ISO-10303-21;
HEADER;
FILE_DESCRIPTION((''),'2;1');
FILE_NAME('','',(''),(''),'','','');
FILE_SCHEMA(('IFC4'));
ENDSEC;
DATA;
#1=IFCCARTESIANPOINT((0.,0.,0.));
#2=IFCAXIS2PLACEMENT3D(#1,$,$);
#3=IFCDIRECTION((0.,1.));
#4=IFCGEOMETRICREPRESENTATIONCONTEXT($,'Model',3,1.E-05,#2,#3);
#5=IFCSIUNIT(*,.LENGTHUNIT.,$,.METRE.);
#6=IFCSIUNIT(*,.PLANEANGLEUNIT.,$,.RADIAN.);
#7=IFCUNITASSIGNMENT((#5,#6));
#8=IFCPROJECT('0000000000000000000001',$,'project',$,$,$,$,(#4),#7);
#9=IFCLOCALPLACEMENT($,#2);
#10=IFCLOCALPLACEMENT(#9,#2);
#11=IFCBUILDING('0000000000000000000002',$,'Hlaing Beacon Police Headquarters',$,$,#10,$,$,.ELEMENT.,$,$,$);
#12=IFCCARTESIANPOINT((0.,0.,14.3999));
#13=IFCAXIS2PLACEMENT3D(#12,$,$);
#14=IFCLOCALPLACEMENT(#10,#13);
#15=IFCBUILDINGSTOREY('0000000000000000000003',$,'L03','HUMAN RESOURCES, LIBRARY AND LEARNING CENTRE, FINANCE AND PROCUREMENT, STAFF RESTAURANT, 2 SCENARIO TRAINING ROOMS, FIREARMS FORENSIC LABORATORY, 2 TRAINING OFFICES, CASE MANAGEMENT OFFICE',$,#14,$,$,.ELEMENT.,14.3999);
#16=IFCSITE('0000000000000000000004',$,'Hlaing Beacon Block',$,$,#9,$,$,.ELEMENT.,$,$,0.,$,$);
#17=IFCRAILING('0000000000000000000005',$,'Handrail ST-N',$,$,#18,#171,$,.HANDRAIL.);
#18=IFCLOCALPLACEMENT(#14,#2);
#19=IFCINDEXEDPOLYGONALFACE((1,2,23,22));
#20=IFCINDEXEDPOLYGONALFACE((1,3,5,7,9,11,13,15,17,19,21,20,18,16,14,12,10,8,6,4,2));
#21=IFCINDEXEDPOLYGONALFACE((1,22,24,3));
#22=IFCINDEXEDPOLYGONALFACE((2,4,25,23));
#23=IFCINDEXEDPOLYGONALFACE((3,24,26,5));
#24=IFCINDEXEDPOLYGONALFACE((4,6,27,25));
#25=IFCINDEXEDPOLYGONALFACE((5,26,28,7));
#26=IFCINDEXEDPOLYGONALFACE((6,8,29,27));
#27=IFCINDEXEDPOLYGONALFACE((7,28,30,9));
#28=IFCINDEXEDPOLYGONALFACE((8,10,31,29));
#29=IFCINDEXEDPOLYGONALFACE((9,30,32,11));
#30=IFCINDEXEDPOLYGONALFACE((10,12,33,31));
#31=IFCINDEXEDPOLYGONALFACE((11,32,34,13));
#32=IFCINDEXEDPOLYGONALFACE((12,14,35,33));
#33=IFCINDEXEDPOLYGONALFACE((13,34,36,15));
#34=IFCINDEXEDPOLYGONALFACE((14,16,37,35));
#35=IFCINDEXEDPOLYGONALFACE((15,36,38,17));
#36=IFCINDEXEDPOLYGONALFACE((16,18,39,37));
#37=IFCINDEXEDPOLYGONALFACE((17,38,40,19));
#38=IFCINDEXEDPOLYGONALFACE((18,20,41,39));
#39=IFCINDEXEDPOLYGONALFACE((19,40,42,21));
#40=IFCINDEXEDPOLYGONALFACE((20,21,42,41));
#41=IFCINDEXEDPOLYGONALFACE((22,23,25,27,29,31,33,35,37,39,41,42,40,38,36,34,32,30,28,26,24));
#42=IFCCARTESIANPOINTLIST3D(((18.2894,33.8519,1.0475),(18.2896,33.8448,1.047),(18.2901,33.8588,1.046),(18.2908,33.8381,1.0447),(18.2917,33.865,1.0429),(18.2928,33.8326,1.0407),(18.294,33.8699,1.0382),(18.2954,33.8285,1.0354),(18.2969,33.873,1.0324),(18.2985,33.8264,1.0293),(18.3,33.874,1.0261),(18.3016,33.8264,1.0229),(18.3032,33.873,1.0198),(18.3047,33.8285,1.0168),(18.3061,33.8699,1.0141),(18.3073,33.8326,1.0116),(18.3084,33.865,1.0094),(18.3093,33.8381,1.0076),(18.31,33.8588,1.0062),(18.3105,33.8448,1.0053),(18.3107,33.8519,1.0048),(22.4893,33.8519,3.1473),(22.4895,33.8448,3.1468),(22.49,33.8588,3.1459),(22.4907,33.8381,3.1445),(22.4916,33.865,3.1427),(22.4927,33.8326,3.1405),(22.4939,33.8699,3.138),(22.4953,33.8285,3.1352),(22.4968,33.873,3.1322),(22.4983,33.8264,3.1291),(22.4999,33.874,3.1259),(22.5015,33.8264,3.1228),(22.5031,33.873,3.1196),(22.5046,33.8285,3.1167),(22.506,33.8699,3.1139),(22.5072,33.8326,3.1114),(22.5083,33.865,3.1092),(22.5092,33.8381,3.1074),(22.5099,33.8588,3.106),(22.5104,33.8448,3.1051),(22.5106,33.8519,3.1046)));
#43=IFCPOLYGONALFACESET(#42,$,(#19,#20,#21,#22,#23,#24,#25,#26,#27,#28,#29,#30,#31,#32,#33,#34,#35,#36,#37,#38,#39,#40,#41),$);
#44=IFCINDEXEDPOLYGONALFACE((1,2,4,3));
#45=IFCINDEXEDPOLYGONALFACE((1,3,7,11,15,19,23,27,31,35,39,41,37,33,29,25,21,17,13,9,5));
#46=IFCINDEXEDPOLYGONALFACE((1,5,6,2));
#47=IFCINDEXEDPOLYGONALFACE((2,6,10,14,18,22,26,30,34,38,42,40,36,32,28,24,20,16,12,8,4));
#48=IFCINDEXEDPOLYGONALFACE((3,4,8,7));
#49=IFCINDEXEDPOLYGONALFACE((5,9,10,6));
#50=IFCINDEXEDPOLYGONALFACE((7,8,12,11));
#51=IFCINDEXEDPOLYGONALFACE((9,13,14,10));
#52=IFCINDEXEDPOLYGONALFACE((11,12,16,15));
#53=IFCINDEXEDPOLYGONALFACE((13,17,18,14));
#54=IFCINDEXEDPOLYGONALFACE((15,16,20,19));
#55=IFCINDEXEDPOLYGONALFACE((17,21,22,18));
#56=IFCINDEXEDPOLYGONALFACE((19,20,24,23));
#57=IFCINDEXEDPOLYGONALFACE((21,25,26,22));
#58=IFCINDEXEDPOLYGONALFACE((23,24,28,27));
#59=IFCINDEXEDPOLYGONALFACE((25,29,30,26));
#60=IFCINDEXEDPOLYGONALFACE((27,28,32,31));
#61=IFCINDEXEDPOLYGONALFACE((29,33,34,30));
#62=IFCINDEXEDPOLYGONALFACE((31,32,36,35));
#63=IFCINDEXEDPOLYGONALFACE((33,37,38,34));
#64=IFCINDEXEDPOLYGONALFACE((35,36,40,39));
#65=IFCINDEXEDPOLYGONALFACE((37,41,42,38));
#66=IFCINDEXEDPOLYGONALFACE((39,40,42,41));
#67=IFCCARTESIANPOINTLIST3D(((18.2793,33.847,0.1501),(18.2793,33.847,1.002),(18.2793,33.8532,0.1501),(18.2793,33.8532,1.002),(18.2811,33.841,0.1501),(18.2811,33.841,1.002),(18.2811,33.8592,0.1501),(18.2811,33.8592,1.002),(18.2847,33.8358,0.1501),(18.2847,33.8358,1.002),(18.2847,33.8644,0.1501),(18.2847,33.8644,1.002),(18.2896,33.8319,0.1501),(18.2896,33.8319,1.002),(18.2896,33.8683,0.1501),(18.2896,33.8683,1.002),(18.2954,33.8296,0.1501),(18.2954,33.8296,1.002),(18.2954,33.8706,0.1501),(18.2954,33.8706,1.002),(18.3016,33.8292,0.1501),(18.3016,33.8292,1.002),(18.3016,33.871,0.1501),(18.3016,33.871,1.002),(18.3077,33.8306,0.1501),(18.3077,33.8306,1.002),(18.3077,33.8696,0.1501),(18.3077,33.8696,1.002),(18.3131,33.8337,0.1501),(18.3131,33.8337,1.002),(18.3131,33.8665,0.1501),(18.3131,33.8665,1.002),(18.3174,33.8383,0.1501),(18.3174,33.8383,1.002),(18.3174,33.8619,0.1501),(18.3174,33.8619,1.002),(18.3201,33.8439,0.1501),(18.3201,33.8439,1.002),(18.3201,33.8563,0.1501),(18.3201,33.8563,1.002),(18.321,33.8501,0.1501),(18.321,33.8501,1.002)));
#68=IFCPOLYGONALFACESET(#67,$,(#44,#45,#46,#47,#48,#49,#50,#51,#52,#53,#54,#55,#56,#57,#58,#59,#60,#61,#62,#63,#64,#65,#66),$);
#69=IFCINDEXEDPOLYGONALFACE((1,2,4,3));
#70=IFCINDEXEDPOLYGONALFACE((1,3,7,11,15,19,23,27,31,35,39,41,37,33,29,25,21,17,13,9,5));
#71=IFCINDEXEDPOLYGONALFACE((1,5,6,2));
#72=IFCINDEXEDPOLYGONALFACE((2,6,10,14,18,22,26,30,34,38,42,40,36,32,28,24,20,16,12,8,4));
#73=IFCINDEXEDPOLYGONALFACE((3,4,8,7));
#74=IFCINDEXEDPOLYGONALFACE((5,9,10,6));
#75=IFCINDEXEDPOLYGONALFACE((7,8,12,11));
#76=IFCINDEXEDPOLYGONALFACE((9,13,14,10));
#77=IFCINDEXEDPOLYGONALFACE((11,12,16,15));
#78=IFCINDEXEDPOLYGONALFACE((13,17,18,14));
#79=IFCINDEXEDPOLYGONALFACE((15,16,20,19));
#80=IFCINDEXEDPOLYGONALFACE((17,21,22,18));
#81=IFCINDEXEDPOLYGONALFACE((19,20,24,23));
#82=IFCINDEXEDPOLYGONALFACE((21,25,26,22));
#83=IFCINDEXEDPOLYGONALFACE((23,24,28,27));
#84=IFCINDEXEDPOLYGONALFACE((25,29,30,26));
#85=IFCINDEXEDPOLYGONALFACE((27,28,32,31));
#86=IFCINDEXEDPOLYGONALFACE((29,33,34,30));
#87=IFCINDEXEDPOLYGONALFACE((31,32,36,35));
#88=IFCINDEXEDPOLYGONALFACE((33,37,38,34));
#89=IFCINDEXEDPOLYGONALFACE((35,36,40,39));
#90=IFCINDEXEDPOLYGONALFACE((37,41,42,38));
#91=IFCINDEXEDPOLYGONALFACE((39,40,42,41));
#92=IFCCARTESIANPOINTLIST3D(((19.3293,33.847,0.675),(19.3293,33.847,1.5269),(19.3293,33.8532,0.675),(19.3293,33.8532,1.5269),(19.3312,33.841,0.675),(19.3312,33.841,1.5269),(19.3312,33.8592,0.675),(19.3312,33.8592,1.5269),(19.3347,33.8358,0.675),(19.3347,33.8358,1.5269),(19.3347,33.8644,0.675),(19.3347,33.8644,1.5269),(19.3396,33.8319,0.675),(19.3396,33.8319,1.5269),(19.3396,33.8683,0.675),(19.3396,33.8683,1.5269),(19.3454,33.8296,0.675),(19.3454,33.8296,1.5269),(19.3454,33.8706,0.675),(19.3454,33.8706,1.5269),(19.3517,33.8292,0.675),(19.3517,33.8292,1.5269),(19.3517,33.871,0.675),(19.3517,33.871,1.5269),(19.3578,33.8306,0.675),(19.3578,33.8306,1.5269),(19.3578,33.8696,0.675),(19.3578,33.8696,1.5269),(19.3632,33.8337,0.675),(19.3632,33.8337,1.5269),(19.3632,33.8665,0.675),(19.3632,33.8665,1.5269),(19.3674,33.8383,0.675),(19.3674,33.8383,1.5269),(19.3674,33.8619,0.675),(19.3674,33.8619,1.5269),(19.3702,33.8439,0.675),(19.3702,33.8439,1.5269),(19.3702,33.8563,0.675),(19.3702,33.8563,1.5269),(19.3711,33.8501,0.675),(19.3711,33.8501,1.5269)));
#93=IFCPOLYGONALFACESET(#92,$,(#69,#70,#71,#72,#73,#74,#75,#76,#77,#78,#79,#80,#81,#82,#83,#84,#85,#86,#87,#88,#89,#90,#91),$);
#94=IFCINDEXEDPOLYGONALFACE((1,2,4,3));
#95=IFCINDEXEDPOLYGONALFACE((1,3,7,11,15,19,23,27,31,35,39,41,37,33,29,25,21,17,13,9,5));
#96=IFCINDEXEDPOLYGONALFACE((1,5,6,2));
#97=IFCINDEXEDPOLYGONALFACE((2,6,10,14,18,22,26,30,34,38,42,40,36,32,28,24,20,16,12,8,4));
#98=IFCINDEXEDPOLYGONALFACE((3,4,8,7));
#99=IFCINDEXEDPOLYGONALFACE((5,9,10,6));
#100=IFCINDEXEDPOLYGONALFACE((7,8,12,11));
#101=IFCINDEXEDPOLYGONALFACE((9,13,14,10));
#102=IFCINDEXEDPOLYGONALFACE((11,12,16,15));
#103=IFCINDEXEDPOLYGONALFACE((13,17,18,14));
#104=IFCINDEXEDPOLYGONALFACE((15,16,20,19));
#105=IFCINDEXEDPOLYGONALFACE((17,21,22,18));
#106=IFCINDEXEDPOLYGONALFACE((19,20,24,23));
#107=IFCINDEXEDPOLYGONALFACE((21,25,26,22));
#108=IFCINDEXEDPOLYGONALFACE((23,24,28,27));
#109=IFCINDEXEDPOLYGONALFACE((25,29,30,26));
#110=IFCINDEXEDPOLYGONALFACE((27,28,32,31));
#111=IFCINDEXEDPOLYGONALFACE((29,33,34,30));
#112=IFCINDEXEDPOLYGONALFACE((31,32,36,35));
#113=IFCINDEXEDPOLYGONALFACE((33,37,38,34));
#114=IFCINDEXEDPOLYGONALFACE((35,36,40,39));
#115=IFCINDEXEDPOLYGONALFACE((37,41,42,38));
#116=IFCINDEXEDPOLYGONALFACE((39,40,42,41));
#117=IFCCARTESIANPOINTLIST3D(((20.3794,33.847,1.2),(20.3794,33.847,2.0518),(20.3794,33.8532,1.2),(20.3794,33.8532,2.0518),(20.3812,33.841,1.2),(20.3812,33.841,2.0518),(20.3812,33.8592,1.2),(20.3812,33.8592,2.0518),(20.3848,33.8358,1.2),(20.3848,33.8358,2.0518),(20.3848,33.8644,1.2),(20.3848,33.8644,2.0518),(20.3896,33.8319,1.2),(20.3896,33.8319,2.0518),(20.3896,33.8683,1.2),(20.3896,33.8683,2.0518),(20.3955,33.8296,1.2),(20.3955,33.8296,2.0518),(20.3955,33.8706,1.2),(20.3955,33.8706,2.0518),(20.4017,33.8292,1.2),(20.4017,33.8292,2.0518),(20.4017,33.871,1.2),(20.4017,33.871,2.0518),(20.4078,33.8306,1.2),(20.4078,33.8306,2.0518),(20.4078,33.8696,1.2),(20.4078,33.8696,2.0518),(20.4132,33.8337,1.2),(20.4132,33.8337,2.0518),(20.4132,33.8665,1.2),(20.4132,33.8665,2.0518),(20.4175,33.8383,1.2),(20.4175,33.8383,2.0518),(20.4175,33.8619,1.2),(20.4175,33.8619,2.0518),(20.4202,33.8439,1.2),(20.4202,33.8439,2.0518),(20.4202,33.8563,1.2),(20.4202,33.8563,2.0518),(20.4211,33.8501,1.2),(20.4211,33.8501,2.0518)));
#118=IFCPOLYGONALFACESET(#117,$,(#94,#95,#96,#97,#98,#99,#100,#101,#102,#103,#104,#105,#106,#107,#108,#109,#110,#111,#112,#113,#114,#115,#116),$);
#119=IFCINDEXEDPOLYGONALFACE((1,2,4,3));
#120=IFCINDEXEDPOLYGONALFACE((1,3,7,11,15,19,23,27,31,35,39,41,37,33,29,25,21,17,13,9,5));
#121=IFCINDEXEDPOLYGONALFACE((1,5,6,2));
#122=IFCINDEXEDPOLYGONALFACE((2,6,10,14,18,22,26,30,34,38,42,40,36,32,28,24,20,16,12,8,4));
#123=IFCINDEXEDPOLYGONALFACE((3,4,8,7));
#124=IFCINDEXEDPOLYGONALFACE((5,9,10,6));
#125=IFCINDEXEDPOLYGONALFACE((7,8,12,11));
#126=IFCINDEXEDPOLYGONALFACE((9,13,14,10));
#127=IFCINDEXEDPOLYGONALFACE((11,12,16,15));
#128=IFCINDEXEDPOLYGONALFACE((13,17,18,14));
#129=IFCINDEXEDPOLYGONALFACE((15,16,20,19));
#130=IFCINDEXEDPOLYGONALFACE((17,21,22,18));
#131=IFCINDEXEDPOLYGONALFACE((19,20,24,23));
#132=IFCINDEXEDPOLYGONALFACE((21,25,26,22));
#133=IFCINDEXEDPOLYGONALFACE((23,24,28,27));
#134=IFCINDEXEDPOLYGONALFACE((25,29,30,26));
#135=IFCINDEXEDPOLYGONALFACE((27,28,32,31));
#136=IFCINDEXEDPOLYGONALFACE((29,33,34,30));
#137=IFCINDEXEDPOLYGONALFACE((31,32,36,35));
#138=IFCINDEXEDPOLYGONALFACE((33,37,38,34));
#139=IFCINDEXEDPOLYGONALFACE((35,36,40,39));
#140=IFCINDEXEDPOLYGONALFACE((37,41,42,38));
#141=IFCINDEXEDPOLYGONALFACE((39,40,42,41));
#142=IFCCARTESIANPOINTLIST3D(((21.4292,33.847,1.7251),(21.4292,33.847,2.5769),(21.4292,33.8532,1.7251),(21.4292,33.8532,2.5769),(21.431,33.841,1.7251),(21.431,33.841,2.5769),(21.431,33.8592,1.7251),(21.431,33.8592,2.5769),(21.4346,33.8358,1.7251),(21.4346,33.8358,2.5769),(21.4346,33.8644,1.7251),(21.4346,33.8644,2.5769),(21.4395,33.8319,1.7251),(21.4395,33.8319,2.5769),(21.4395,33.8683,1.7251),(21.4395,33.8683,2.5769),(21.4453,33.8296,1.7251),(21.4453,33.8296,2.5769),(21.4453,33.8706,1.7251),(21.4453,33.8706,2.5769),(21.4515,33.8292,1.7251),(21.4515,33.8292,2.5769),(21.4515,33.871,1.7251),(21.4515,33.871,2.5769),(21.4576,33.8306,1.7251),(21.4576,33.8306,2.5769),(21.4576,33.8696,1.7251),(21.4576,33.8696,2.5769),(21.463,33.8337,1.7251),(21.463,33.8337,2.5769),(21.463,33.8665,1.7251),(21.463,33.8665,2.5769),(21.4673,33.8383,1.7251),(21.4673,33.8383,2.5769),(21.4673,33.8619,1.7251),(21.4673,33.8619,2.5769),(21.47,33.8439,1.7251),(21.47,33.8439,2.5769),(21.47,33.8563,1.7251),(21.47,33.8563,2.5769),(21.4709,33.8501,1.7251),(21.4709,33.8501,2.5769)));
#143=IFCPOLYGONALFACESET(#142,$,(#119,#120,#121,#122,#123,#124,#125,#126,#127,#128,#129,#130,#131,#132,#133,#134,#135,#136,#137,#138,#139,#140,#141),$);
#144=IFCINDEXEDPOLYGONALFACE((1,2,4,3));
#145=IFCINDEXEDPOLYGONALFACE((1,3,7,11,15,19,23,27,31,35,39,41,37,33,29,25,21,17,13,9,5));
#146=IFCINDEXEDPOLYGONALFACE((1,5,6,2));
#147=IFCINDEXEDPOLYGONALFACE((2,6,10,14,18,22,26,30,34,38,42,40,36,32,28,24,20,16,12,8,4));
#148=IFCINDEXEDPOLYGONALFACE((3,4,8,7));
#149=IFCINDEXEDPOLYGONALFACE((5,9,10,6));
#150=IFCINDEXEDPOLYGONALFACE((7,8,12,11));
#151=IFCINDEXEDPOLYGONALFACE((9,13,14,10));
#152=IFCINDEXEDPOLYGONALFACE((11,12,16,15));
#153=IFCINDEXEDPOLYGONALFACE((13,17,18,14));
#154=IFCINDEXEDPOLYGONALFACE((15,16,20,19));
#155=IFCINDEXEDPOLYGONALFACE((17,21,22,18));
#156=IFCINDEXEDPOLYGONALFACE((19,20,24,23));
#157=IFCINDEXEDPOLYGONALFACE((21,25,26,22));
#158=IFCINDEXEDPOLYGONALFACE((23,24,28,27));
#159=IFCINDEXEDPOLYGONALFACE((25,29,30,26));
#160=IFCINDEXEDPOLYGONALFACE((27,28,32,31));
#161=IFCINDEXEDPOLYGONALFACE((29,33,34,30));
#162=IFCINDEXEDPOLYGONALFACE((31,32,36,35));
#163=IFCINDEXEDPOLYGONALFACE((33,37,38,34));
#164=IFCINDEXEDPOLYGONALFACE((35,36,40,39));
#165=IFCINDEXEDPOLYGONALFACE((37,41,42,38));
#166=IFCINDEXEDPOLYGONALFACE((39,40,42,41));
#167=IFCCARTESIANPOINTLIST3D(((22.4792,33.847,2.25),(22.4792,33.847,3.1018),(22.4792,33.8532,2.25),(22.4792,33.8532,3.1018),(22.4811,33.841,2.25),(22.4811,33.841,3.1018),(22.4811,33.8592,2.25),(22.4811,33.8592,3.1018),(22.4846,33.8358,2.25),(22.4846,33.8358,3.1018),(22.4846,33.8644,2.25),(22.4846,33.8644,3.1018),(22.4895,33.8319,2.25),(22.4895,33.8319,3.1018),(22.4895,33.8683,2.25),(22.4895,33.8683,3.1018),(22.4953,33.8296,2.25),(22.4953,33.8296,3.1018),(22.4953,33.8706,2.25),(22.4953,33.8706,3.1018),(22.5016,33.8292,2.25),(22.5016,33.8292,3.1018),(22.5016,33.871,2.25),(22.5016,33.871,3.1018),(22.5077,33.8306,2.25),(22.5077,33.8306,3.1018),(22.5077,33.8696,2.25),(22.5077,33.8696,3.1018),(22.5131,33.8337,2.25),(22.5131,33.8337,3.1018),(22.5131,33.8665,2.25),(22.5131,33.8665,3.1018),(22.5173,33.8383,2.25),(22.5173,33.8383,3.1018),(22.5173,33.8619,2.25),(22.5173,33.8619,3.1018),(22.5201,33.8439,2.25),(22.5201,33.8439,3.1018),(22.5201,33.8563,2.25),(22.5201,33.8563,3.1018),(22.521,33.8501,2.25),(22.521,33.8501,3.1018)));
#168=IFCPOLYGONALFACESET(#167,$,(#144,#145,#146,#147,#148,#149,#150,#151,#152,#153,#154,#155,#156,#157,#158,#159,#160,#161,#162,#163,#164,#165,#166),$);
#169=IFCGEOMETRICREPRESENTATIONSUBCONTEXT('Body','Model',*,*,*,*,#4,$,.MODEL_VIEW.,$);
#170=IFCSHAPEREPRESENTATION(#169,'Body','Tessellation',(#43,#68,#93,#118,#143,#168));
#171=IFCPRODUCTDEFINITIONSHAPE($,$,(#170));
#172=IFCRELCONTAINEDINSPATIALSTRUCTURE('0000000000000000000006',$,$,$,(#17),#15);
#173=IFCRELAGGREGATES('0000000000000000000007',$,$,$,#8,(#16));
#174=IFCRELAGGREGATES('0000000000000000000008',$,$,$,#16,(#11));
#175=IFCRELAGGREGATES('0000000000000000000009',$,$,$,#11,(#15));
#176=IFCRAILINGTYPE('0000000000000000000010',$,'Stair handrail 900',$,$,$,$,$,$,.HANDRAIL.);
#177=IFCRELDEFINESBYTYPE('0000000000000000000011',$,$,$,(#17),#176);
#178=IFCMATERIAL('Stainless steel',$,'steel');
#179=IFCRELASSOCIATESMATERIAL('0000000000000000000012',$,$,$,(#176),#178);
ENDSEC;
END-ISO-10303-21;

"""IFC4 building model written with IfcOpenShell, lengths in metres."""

from ifc_helpers import new_model, si_unit, direction, frame, origin, origin_2d, place, context, subcontext, project, spatial, circle, extrude, material, type_object, element, save


model = new_model("IFC4")

# Units and contexts
model_context = context("Model", 3, precision=1e-05, world=origin(), true_north=direction((0.0, 1.0)))
body_context = subcontext(model_context, "Body", "Model", "MODEL_VIEW")
ifc_project = project(units=[si_unit("LENGTHUNIT", "METRE"), si_unit("PLANEANGLEUNIT", "RADIAN")], contexts=[model_context])

# Site, building, storey
site_placement = place(None, origin())
site = spatial("IfcSite", under=ifc_project, at=site_placement, Name="Hlaing Beacon Block", CompositionType="ELEMENT", RefElevation=0.0)
building_placement = place(site_placement, origin())
building = spatial("IfcBuilding", under=site, at=building_placement, Name="Hlaing Beacon Police Headquarters", CompositionType="ELEMENT")
storey_placement = place(building_placement, frame((0.0, 0.0, 14.3999)))
storey = spatial("IfcBuildingStorey", under=building, at=storey_placement, Name="L03", Description="HUMAN RESOURCES, LIBRARY AND LEARNING CENTRE, FINANCE AND PROCUREMENT, STAFF RESTAURANT, 2 SCENARIO TRAINING ROOMS, FIREARMS FORENSIC LABORATORY, 2 TRAINING OFFICES, CASE MANAGEMENT OFFICE", CompositionType="ELEMENT", Elevation=14.3999)

# Railing
ifc_material_1 = material(Name="Stainless steel", Category="steel")
railing_type_1 = type_object("IfcRailingType", Name="Stair handrail 900", PredefinedType="HANDRAIL", material=ifc_material_1)
for number, where, name in (
    (1, (18.3, 33.8501, 0.1501), "Handrail ST-N"),
):
    element("IfcRailing", number, at=place(storey_placement, frame(where)), inside=storey, type_object=railing_type_1, Name=name, PredefinedType="HANDRAIL", context=body_context, shape_type="SweptSolid", body=[
        extrude(circle(Radius=0.0239, at=origin_2d()), frame((0.0, 0.0, 0.876), z_axis=(0.894438, 0.0, 0.447193), x_axis=(0.0, 1.0, 0.0)), (0.0, 0.0, 1.0), 4.6956),
        extrude(circle(Radius=0.021, at=origin_2d()), origin(), (0.0, 0.0, 1.0), 0.8518),
        extrude(circle(Radius=0.021, at=origin_2d()), frame((1.05, 0.0, 0.5249)), (0.0, 0.0, 1.0), 0.8518),
        extrude(circle(Radius=0.021, at=origin_2d()), frame((2.1001, 0.0, 1.0498)), (0.0, 0.0, 1.0), 0.8518),
        extrude(circle(Radius=0.021, at=origin_2d()), frame((3.1499, 0.0, 1.575)), (0.0, 0.0, 1.0), 0.8518),
        extrude(circle(Radius=0.021, at=origin_2d()), frame((4.2, 0.0, 2.0999)), (0.0, 0.0, 1.0), 0.8518),
    ])

save(model, "model.ifc")
